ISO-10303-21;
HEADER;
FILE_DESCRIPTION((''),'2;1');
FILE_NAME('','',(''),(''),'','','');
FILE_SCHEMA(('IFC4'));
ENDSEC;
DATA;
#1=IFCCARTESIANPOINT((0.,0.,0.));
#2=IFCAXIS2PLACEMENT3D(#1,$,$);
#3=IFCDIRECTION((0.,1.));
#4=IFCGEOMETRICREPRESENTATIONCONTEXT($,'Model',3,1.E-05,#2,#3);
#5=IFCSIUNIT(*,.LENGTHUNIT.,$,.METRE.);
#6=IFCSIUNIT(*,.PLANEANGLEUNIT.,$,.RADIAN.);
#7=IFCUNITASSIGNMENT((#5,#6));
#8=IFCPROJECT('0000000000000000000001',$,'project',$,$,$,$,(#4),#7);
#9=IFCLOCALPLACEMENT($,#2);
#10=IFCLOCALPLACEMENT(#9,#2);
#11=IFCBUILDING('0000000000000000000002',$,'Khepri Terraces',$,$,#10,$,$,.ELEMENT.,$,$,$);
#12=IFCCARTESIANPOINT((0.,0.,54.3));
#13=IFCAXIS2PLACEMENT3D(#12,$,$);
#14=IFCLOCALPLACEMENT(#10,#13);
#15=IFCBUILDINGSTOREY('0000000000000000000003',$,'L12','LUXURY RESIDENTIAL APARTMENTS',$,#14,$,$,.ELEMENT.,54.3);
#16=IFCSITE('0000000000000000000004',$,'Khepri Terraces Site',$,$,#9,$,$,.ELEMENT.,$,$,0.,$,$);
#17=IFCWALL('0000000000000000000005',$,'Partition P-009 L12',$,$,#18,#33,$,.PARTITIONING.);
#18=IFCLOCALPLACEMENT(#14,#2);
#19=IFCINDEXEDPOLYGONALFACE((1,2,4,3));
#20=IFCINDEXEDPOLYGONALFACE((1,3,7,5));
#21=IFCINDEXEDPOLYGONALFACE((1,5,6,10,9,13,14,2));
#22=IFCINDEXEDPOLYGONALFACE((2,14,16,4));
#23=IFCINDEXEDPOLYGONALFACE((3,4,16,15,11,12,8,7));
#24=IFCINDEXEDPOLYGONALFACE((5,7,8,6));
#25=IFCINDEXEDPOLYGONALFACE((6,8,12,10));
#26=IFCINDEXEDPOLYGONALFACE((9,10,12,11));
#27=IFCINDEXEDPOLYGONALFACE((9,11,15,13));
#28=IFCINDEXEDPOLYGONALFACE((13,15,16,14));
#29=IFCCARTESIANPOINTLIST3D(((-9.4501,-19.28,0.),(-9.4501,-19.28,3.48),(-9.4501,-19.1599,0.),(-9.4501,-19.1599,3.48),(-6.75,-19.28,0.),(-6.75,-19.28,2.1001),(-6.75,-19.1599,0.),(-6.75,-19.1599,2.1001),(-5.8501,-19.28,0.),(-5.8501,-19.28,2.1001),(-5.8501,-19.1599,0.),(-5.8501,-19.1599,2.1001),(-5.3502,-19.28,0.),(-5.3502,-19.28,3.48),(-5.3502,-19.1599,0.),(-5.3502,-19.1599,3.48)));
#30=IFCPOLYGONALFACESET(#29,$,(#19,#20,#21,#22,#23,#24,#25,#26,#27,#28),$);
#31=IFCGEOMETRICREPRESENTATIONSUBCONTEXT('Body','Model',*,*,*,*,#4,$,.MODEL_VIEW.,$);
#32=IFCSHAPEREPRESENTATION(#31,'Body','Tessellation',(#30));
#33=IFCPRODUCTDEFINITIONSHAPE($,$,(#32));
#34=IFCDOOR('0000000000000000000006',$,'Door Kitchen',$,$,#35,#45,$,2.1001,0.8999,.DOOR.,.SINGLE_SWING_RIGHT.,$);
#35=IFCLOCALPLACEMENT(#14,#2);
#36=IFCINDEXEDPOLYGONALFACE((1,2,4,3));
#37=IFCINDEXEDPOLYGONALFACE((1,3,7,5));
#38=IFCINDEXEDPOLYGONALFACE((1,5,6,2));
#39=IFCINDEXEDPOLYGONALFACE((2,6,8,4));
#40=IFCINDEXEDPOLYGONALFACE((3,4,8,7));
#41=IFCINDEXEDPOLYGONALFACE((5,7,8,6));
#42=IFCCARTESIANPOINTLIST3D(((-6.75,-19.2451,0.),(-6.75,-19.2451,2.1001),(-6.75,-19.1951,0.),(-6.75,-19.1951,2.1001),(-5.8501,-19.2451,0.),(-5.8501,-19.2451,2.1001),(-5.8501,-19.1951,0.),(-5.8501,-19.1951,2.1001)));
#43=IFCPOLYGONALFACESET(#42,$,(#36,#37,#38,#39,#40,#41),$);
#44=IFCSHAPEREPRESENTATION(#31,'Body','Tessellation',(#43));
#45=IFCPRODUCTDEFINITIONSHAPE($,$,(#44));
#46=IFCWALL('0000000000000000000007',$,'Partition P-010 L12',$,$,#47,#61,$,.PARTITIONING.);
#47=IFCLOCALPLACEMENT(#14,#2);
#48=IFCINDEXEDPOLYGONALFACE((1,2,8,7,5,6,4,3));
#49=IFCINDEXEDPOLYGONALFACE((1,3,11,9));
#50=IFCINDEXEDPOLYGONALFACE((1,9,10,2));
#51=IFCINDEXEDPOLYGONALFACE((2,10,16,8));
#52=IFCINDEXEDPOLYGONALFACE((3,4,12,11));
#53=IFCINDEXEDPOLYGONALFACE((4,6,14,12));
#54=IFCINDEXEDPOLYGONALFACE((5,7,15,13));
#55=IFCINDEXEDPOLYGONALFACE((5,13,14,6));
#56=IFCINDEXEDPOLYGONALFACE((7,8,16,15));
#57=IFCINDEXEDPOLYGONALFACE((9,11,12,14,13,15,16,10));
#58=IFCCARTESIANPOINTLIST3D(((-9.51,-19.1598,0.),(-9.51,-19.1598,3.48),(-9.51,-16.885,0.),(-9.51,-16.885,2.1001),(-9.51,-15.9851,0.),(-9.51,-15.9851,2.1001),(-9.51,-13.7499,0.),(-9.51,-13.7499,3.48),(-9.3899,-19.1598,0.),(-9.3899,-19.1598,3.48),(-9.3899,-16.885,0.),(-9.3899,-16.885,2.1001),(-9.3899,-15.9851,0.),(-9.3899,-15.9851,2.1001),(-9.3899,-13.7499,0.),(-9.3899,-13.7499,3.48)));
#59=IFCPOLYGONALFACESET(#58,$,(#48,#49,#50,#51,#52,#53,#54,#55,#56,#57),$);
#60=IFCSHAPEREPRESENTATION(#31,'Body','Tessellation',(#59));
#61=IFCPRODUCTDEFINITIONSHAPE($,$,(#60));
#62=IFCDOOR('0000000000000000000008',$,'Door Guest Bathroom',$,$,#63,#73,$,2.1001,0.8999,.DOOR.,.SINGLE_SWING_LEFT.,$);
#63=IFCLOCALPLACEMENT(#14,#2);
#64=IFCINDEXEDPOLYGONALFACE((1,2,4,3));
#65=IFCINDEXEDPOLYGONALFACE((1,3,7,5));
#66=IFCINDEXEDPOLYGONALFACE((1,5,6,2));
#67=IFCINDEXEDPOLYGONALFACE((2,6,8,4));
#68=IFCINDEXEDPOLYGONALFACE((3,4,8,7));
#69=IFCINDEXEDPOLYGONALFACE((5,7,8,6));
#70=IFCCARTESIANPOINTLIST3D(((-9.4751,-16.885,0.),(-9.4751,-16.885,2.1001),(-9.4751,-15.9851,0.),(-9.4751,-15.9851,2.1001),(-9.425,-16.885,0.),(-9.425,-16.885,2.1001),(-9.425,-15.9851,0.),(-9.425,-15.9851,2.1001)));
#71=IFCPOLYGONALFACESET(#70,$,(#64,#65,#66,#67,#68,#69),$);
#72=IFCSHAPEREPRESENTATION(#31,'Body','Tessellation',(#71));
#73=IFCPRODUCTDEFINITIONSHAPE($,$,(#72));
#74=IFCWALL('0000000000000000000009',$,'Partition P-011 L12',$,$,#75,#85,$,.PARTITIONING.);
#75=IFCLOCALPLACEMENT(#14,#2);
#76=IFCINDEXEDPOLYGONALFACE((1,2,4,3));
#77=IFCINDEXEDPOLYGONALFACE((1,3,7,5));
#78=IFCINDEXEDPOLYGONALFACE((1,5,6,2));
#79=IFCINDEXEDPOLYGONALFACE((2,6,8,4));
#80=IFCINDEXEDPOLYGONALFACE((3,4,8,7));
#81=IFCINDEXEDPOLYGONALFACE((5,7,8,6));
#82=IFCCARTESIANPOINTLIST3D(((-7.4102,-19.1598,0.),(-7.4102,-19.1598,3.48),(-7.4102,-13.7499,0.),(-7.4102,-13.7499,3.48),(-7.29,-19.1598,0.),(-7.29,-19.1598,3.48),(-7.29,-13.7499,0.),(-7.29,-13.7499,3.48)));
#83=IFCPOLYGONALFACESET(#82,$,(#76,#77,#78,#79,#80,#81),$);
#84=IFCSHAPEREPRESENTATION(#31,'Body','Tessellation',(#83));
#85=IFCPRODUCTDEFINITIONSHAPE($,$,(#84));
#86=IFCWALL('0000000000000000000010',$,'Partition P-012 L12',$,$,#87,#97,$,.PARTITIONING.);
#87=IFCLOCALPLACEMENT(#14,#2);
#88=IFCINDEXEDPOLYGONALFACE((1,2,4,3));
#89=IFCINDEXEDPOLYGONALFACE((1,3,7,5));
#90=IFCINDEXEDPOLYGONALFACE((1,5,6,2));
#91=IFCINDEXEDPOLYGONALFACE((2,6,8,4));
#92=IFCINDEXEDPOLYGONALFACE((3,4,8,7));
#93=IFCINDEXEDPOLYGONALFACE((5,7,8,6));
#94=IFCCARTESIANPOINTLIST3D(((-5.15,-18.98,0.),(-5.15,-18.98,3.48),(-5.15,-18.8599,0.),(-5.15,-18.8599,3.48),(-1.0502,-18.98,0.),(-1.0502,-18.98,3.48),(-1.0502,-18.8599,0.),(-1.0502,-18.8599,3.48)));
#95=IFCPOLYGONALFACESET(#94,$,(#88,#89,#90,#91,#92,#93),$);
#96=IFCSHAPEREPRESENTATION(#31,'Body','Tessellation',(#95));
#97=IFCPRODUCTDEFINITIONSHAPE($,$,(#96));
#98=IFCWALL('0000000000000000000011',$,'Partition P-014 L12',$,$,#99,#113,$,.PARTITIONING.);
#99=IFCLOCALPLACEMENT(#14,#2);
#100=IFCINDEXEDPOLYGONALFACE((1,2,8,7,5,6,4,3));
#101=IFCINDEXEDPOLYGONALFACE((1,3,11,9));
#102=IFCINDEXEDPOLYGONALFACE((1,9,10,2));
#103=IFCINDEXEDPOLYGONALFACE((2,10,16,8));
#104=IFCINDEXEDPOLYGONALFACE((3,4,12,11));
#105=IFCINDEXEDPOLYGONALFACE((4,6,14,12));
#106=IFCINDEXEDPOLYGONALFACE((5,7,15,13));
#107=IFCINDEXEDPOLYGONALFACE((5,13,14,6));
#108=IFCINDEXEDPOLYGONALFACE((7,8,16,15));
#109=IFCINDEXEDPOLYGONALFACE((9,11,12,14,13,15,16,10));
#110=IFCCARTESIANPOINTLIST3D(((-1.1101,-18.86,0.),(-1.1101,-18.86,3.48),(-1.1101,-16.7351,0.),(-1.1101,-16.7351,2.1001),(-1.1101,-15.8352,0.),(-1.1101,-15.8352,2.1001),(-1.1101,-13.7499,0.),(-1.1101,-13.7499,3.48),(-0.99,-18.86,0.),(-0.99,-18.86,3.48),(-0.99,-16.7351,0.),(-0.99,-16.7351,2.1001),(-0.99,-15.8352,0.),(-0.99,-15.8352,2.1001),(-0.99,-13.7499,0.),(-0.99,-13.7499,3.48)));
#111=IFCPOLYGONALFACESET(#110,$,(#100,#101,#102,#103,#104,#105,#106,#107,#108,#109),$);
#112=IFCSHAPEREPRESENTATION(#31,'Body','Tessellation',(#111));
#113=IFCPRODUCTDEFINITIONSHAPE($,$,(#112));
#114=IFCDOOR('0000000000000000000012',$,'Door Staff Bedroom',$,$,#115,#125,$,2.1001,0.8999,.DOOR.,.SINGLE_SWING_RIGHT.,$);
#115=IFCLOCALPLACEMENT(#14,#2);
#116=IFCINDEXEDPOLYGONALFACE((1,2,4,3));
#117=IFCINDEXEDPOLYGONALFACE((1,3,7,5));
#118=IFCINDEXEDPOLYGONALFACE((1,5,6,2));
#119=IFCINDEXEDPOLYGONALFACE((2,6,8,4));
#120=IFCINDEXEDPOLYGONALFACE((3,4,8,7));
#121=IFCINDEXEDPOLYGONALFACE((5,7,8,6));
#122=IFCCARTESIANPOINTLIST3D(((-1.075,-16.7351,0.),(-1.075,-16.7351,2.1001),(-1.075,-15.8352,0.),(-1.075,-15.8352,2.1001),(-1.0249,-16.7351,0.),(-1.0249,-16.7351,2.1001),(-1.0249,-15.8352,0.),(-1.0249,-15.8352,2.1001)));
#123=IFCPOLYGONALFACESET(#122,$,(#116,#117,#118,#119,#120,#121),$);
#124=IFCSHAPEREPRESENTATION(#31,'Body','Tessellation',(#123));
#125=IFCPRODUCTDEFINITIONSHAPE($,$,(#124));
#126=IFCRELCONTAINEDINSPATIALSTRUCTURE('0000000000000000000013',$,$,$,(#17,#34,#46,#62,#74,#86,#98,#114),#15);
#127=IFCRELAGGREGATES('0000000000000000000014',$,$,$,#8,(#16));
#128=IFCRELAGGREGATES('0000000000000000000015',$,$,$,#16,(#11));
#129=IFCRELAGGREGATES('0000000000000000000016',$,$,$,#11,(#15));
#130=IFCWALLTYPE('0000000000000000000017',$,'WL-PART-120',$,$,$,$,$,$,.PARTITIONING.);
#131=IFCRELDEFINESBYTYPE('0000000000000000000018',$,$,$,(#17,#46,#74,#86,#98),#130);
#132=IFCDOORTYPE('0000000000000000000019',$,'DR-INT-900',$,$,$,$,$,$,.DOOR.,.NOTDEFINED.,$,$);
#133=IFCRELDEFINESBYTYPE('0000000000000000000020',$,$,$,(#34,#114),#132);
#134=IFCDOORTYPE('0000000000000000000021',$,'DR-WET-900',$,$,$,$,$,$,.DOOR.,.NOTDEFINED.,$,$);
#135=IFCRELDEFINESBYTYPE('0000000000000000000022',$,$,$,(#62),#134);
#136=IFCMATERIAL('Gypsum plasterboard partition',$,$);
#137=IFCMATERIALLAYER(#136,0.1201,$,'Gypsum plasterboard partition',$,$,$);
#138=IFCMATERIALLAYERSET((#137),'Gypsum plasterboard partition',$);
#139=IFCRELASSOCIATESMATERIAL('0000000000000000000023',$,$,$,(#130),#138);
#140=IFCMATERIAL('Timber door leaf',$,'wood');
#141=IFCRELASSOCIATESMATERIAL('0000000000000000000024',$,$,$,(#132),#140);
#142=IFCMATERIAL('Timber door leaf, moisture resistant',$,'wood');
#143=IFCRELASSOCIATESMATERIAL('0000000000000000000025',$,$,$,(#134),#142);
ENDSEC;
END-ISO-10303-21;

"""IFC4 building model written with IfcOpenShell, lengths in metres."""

from ifc_helpers import new_model, si_unit, direction, frame, frame_2d, origin, place, context, subcontext, project, spatial, rectangle, extrude, material, layer, layer_set, type_object, element, fill, save


model = new_model("IFC4")

# Units and contexts
model_context = context("Model", 3, precision=1e-05, world=origin(), true_north=direction((0.0, 1.0)))
body_context = subcontext(model_context, "Body", "Model", "MODEL_VIEW")
ifc_project = project(units=[si_unit("LENGTHUNIT", "METRE"), si_unit("PLANEANGLEUNIT", "RADIAN")], contexts=[model_context])

# Site, building, storey
site_placement = place(None, origin())
site = spatial("IfcSite", under=ifc_project, at=site_placement, Name="Khepri Terraces Site", CompositionType="ELEMENT", RefElevation=0.0)
building_placement = place(site_placement, origin())
building = spatial("IfcBuilding", under=site, at=building_placement, Name="Khepri Terraces", CompositionType="ELEMENT")
storey_placement = place(building_placement, frame((0.0, 0.0, 54.3)))
storey = spatial("IfcBuildingStorey", under=building, at=storey_placement, Name="L12", Description="LUXURY RESIDENTIAL APARTMENTS", CompositionType="ELEMENT", Elevation=54.3)

# Walls, openings, doors
ifc_material_1 = material(Name="Gypsum plasterboard partition")
ifc_layer_1 = layer(ifc_material_1, 0.1201, Name="Gypsum plasterboard partition")
ifc_layer_set_1 = layer_set([ifc_layer_1], Name="Gypsum plasterboard partition")
wall_type_1 = type_object("IfcWallType", Name="WL-PART-120", PredefinedType="PARTITIONING", material=ifc_layer_set_1)
wall_1_placement = place(storey_placement, frame((-9.45, -19.22, 0.0), z_axis=(0.0, 0.0, 1.0), x_axis=(1.0, 0.0, 0.0)))
wall_1 = element("IfcWall", 1, at=wall_1_placement, inside=storey, type_object=wall_type_1, Name="Partition P-009 L12", PredefinedType="PARTITIONING", context=body_context, shape_type="SweptSolid", body=[
    extrude(rectangle(XDim=4.0999, YDim=0.1201, at=frame_2d((2.0498, 0.0))), origin(), (0.0, 0.0, 1.0), 3.48),
])
opening_1_placement = place(wall_1_placement, frame((2.7, 0.0, 0.0)))
opening_1 = element("IfcOpeningElement", 2, at=opening_1_placement, cuts=wall_1, PredefinedType="OPENING", context=body_context, shape_type="SweptSolid", body=[
    extrude(rectangle(XDim=0.8999, YDim=2.1001, at=frame_2d((0.45, 1.05))), frame((0.0, 0.0701, 0.0), z_axis=(0.0, -1.0, 0.0), x_axis=(1.0, 0.0, 0.0)), (0.0, 0.0, 1.0), 0.1401),
])
ifc_material_2 = material(Name="Timber door leaf", Category="wood")
door_type_1 = type_object("IfcDoorType", Name="DR-INT-900", OperationType="NOTDEFINED", PredefinedType="DOOR", material=ifc_material_2)
door_1_placement = place(opening_1_placement, origin())
door_1 = element("IfcDoor", 3, at=door_1_placement, inside=storey, type_object=door_type_1, Name="Door Kitchen", OperationType="SINGLE_SWING_RIGHT", OverallHeight=2.1001, OverallWidth=0.8999, PredefinedType="DOOR", context=body_context, shape_type="SweptSolid", body=[
    extrude(rectangle(XDim=0.8999, YDim=2.1001, at=frame_2d((0.45, 1.05))), frame((0.0, 0.0249, 0.0), z_axis=(0.0, -1.0, 0.0), x_axis=(1.0, 0.0, 0.0)), (0.0, 0.0, 1.0), 0.05),
])
fill(opening_1, door_1)
wall_2_placement = place(storey_placement, frame((-9.45, -19.1599, 0.0), z_axis=(0.0, 0.0, 1.0), x_axis=(0.0, 1.0, 0.0)))
wall_2 = element("IfcWall", 4, at=wall_2_placement, inside=storey, type_object=wall_type_1, Name="Partition P-010 L12", PredefinedType="PARTITIONING", context=body_context, shape_type="SweptSolid", body=[
    extrude(rectangle(XDim=5.4099, YDim=0.1201, at=frame_2d((2.7051, 0.0))), origin(), (0.0, 0.0, 1.0), 3.48),
])
opening_2_placement = place(wall_2_placement, frame((2.2749, 0.0, 0.0)))
opening_2 = element("IfcOpeningElement", 5, at=opening_2_placement, cuts=wall_2, PredefinedType="OPENING", context=body_context, shape_type="SweptSolid", body=[
    extrude(rectangle(XDim=0.8999, YDim=2.1001, at=frame_2d((0.45, 1.05))), frame((0.0, 0.0701, 0.0), z_axis=(0.0, -1.0, 0.0), x_axis=(1.0, 0.0, 0.0)), (0.0, 0.0, 1.0), 0.1401),
])
ifc_material_3 = material(Name="Timber door leaf, moisture resistant", Category="wood")
door_type_2 = type_object("IfcDoorType", Name="DR-WET-900", OperationType="NOTDEFINED", PredefinedType="DOOR", material=ifc_material_3)
door_2_placement = place(opening_2_placement, frame((0.8999, 0.0, 0.0), z_axis=(0.0, 0.0, 1.0), x_axis=(-1.0, 0.0, 0.0)))
door_2 = element("IfcDoor", 6, at=door_2_placement, inside=storey, type_object=door_type_2, Name="Door Guest Bathroom", OperationType="SINGLE_SWING_LEFT", OverallHeight=2.1001, OverallWidth=0.8999, PredefinedType="DOOR", context=body_context, shape_type="SweptSolid", body=[
    extrude(rectangle(XDim=0.8999, YDim=2.1001, at=frame_2d((0.45, 1.05))), frame((0.0, 0.0249, 0.0), z_axis=(0.0, -1.0, 0.0), x_axis=(1.0, 0.0, 0.0)), (0.0, 0.0, 1.0), 0.05),
])
fill(opening_2, door_2)

# Walls
wall_3_placement = place(storey_placement, frame((-7.3501, -19.1599, 0.0), z_axis=(0.0, 0.0, 1.0), x_axis=(0.0, 1.0, 0.0)))
element("IfcWall", 7, at=wall_3_placement, inside=storey, type_object=wall_type_1, Name="Partition P-011 L12", PredefinedType="PARTITIONING", context=body_context, shape_type="SweptSolid", body=[
    extrude(rectangle(XDim=5.4099, YDim=0.1201, at=frame_2d((2.7051, 0.0))), origin(), (0.0, 0.0, 1.0), 3.48),
])
wall_4_placement = place(storey_placement, frame((-5.1499, -18.9199, 0.0), z_axis=(0.0, 0.0, 1.0), x_axis=(1.0, 0.0, 0.0)))
element("IfcWall", 8, at=wall_4_placement, inside=storey, type_object=wall_type_1, Name="Partition P-012 L12", PredefinedType="PARTITIONING", context=body_context, shape_type="SweptSolid", body=[
    extrude(rectangle(XDim=4.0999, YDim=0.1201, at=frame_2d((2.0498, 0.0))), origin(), (0.0, 0.0, 1.0), 3.48),
])

# Wall, opening, door
wall_5_placement = place(storey_placement, frame((-1.05, -18.8601, 0.0), z_axis=(0.0, 0.0, 1.0), x_axis=(0.0, 1.0, 0.0)))
wall_5 = element("IfcWall", 9, at=wall_5_placement, inside=storey, type_object=wall_type_1, Name="Partition P-014 L12", PredefinedType="PARTITIONING", context=body_context, shape_type="SweptSolid", body=[
    extrude(rectangle(XDim=5.1101, YDim=0.1201, at=frame_2d((2.5552, 0.0))), origin(), (0.0, 0.0, 1.0), 3.48),
])
opening_3_placement = place(wall_5_placement, frame((2.125, 0.0, 0.0)))
opening_3 = element("IfcOpeningElement", 10, at=opening_3_placement, cuts=wall_5, PredefinedType="OPENING", context=body_context, shape_type="SweptSolid", body=[
    extrude(rectangle(XDim=0.8999, YDim=2.1001, at=frame_2d((0.45, 1.05))), frame((0.0, 0.0701, 0.0), z_axis=(0.0, -1.0, 0.0), x_axis=(1.0, 0.0, 0.0)), (0.0, 0.0, 1.0), 0.1401),
])
door_3_placement = place(opening_3_placement, origin())
door_3 = element("IfcDoor", 11, at=door_3_placement, inside=storey, type_object=door_type_1, Name="Door Staff Bedroom", OperationType="SINGLE_SWING_RIGHT", OverallHeight=2.1001, OverallWidth=0.8999, PredefinedType="DOOR", context=body_context, shape_type="SweptSolid", body=[
    extrude(rectangle(XDim=0.8999, YDim=2.1001, at=frame_2d((0.45, 1.05))), frame((0.0, 0.0249, 0.0), z_axis=(0.0, -1.0, 0.0), x_axis=(1.0, 0.0, 0.0)), (0.0, 0.0, 1.0), 0.05),
])
fill(opening_3, door_3)

save(model, "model.ifc")
